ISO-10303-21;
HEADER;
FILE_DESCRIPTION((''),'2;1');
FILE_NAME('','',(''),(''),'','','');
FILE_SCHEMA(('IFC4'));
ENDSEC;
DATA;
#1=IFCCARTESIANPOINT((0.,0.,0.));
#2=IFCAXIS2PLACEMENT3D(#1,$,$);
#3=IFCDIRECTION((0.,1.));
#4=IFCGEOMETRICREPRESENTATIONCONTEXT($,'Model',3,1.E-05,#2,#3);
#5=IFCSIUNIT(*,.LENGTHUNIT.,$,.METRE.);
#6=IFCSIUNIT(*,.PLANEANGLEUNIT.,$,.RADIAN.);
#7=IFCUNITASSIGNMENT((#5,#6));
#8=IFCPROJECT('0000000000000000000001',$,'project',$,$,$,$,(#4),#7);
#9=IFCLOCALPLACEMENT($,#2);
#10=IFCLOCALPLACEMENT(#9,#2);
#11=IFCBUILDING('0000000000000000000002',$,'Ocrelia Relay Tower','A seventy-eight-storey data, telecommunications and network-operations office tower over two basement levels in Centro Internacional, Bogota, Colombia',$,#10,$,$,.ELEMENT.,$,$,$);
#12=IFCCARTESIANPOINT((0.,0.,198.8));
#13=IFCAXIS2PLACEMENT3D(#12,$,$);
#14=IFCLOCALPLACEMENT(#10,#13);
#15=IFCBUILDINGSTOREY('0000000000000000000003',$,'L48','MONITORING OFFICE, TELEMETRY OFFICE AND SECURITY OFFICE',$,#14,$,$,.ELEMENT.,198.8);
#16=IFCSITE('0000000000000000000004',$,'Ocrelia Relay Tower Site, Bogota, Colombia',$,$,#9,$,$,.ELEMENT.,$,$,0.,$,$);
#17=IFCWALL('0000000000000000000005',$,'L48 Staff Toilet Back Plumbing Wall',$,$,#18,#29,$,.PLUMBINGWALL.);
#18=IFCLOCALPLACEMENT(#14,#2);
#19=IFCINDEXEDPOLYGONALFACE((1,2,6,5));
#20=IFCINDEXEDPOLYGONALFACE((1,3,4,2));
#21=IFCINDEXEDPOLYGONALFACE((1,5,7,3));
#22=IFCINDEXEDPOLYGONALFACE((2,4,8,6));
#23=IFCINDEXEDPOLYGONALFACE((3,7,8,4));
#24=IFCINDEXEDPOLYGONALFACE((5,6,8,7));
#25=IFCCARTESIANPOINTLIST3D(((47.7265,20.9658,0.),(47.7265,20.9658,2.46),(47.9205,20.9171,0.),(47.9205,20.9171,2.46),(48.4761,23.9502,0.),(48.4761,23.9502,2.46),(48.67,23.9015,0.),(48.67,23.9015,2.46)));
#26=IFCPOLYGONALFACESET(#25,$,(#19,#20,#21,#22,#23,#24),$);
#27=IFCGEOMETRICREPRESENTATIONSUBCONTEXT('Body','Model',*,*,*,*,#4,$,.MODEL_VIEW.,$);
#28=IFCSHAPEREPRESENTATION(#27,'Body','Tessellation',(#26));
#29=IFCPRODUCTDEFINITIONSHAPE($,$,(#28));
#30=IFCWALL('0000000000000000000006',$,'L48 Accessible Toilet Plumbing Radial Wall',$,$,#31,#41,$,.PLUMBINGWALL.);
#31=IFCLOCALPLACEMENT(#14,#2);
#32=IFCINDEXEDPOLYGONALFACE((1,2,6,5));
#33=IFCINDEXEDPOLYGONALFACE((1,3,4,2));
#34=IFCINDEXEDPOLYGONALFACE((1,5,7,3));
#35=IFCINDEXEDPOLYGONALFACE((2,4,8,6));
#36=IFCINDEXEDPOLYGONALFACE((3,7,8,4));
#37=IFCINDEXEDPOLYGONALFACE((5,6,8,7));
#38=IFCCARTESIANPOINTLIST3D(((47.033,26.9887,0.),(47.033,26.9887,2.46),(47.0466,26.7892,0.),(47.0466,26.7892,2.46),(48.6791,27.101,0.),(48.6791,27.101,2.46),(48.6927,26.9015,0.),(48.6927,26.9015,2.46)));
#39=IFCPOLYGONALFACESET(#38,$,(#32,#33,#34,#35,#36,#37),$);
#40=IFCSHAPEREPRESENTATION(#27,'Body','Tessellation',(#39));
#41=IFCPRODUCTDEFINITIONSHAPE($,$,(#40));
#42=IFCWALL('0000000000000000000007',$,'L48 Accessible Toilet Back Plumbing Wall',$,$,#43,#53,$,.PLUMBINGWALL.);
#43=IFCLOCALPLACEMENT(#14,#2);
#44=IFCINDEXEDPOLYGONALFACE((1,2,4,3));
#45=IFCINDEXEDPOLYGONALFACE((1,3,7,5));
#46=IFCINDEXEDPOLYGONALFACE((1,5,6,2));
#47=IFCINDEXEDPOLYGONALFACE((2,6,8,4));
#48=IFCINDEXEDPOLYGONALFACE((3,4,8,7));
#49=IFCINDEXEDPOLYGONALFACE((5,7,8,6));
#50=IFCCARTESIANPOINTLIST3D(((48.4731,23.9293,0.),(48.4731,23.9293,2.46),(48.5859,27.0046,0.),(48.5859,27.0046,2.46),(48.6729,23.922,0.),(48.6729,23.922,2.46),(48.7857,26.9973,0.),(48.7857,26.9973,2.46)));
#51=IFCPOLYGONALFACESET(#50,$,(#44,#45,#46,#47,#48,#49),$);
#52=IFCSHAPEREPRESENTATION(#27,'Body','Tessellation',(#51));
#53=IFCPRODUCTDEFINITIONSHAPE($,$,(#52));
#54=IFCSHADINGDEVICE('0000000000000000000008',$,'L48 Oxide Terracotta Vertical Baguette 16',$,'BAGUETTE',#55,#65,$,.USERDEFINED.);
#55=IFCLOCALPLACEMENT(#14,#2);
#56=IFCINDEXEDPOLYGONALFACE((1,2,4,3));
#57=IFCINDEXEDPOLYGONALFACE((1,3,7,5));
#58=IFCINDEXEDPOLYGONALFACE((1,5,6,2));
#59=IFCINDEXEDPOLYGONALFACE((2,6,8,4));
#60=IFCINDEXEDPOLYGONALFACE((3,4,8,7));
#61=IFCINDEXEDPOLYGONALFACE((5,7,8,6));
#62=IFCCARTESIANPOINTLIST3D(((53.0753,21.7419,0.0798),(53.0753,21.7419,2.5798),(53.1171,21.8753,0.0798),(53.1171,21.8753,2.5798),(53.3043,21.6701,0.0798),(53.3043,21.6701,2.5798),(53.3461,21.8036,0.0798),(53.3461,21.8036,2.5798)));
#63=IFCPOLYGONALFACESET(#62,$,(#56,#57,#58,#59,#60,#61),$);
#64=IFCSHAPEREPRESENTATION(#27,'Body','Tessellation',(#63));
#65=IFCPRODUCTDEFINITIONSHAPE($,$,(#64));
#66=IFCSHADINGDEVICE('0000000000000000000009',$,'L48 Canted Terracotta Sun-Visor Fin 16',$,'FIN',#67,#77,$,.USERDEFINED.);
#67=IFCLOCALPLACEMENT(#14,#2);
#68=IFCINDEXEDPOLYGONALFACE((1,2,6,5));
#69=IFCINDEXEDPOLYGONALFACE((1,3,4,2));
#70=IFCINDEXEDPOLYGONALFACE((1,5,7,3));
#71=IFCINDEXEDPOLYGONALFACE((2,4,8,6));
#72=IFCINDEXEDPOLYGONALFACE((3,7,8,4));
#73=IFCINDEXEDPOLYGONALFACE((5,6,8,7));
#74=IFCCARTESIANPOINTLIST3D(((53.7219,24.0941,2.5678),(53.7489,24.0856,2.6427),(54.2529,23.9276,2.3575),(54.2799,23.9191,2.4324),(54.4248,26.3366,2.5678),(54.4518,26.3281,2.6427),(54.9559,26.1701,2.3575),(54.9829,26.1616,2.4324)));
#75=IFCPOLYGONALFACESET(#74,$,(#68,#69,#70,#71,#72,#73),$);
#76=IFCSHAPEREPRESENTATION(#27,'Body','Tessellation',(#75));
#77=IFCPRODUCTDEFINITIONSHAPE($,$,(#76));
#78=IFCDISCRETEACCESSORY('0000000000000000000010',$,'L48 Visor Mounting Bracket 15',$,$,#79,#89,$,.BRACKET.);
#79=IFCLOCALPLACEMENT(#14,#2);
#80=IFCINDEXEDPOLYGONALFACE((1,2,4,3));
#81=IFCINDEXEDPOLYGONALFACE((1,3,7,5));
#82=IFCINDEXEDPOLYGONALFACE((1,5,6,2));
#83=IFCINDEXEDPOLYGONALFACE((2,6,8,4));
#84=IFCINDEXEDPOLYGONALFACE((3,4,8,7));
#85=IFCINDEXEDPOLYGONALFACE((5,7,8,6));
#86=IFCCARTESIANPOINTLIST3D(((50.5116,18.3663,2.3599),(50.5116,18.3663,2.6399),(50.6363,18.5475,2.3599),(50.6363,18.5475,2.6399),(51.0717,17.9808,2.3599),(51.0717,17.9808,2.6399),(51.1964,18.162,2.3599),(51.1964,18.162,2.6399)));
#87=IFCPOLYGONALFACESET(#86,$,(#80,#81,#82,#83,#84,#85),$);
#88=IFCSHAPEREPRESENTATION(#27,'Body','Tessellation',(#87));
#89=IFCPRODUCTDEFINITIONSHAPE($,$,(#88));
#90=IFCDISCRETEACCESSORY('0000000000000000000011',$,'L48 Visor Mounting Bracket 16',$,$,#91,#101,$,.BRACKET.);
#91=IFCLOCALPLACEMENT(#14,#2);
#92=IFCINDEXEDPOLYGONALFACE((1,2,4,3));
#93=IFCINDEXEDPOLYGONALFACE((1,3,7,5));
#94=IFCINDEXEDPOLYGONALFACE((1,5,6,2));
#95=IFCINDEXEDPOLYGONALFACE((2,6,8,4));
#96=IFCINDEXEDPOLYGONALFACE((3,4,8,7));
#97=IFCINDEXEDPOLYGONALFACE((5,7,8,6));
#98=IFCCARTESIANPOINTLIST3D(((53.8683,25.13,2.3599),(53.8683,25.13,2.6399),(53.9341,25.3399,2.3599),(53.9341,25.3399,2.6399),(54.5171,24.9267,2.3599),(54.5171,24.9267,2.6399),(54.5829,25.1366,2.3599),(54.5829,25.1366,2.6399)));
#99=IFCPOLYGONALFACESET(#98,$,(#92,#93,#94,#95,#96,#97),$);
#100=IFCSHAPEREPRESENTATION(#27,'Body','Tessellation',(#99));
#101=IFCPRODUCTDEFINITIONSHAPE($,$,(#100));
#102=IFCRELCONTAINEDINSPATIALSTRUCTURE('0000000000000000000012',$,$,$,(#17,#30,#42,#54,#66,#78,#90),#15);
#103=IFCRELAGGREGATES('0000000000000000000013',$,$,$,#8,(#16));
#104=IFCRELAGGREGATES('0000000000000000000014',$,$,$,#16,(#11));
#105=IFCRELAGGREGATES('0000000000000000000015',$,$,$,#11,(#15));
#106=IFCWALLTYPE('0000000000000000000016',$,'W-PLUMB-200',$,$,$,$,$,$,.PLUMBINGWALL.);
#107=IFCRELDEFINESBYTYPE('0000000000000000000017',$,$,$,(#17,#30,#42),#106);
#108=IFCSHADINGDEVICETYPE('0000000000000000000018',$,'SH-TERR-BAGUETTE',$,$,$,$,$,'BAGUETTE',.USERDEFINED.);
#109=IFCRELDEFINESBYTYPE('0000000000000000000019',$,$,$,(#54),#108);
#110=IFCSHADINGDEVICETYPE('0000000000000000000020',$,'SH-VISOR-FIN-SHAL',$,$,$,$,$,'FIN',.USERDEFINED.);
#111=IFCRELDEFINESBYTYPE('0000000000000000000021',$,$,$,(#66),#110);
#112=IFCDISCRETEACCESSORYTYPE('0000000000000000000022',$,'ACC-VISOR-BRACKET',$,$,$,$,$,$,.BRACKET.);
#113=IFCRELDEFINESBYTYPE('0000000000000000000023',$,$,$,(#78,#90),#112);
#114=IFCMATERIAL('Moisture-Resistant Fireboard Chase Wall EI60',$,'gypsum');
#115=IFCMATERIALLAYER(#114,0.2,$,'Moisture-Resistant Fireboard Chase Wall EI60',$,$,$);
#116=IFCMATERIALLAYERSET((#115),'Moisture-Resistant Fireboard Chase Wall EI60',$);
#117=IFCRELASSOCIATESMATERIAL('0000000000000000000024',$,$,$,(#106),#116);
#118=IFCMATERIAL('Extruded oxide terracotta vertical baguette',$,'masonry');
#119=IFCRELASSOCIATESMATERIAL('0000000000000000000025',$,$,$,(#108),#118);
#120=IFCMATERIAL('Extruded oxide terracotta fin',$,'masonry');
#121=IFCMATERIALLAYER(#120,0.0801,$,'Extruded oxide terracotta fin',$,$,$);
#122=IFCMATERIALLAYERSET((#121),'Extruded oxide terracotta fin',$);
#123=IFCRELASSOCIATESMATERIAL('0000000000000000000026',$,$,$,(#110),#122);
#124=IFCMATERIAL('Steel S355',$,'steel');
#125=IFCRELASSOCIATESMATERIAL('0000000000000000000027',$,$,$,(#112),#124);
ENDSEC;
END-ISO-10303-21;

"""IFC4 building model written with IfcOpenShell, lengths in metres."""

from ifc_helpers import new_model, si_unit, direction, frame, frame_2d, origin, origin_2d, place, context, subcontext, project, spatial, rectangle, extrude, material, layer, layer_set, type_object, element, save


model = new_model("IFC4")

# Units and contexts
model_context = context("Model", 3, precision=1e-05, world=origin(), true_north=direction((0.0, 1.0)))
body_context = subcontext(model_context, "Body", "Model", "MODEL_VIEW")
ifc_project = project(units=[si_unit("LENGTHUNIT", "METRE"), si_unit("PLANEANGLEUNIT", "RADIAN")], contexts=[model_context])

# Site, building, storey
site_placement = place(None, origin())
site = spatial("IfcSite", under=ifc_project, at=site_placement, Name="Ocrelia Relay Tower Site, Bogota, Colombia", CompositionType="ELEMENT", RefElevation=0.0)
building_placement = place(site_placement, origin())
building = spatial("IfcBuilding", under=site, at=building_placement, Name="Ocrelia Relay Tower", Description="A seventy-eight-storey data, telecommunications and network-operations office tower over two basement levels in Centro Internacional, Bogota, Colombia", CompositionType="ELEMENT")
storey_placement = place(building_placement, frame((0.0, 0.0, 198.8)))
storey = spatial("IfcBuildingStorey", under=building, at=storey_placement, Name="L48", Description="MONITORING OFFICE, TELEMETRY OFFICE AND SECURITY OFFICE", CompositionType="ELEMENT", Elevation=198.8)

# Shared definitions
ifc_material_1 = material(Name="Steel S355", Category="steel")

# Walls
ifc_material_2 = material(Name="Moisture-Resistant Fireboard Chase Wall EI60", Category="gypsum")
ifc_layer_1 = layer(ifc_material_2, 0.2, Name="Moisture-Resistant Fireboard Chase Wall EI60")
ifc_layer_set_1 = layer_set([ifc_layer_1], Name="Moisture-Resistant Fireboard Chase Wall EI60")
wall_type_1 = type_object("IfcWallType", Name="W-PLUMB-200", PredefinedType="PLUMBINGWALL", material=ifc_layer_set_1)
wall_1_placement = place(storey_placement, frame((47.8235, 20.9414, 0.0), z_axis=(0.0, 0.0, 1.0), x_axis=(0.243581, 0.969881, 0.0)))
element("IfcWall", 1, at=wall_1_placement, inside=storey, type_object=wall_type_1, Name="L48 Staff Toilet Back Plumbing Wall", PredefinedType="PLUMBINGWALL", context=body_context, shape_type="SweptSolid", body=[
    extrude(rectangle(XDim=3.0771, YDim=0.2, at=frame_2d((1.5386, 0.0))), origin(), (0.0, 0.0, 1.0), 2.46),
])
wall_2_placement = place(storey_placement, frame((47.0398, 26.8889, 0.0), z_axis=(0.0, 0.0, 1.0), x_axis=(0.99768, 0.068071, 0.0)))
element("IfcWall", 2, at=wall_2_placement, inside=storey, type_object=wall_type_1, Name="L48 Accessible Toilet Plumbing Radial Wall", PredefinedType="PLUMBINGWALL", context=body_context, shape_type="SweptSolid", body=[
    extrude(rectangle(XDim=1.6499, YDim=0.2, at=frame_2d((0.825, 0.0))), origin(), (0.0, 0.0, 1.0), 2.46),
])
wall_3_placement = place(storey_placement, frame((48.573, 23.9258, 0.0), z_axis=(0.0, 0.0, 1.0), x_axis=(0.036651, 0.999328, 0.0)))
element("IfcWall", 3, at=wall_3_placement, inside=storey, type_object=wall_type_1, Name="L48 Accessible Toilet Back Plumbing Wall", PredefinedType="PLUMBINGWALL", context=body_context, shape_type="SweptSolid", body=[
    extrude(rectangle(XDim=3.0774, YDim=0.2, at=frame_2d((1.5386, 0.0))), origin(), (0.0, 0.0, 1.0), 2.46),
])

# Shading devices
ifc_material_3 = material(Name="Extruded oxide terracotta vertical baguette", Category="masonry")
shading_device_type_1 = type_object("IfcShadingDeviceType", Name="SH-TERR-BAGUETTE", ElementType="BAGUETTE", PredefinedType="USERDEFINED", material=ifc_material_3)
shading_device_1_placement = place(storey_placement, frame((53.2107, 21.7727, 0.0798), z_axis=(0.0, 0.0, 1.0), x_axis=(0.299115, 0.954217, 0.0)))
element("IfcShadingDevice", 4, at=shading_device_1_placement, inside=storey, type_object=shading_device_type_1, Name="L48 Oxide Terracotta Vertical Baguette 16", ObjectType="BAGUETTE", PredefinedType="USERDEFINED", context=body_context, shape_type="SweptSolid", body=[
    extrude(rectangle(XDim=0.1399, YDim=0.24, at=origin_2d()), origin(), (0.0, 0.0, 1.0), 2.5),
])
ifc_material_4 = material(Name="Extruded oxide terracotta fin", Category="masonry")
ifc_layer_2 = layer(ifc_material_4, 0.0801, Name="Extruded oxide terracotta fin")
ifc_layer_set_2 = layer_set([ifc_layer_2], Name="Extruded oxide terracotta fin")
shading_device_type_2 = type_object("IfcShadingDeviceType", Name="SH-VISOR-FIN-SHAL", ElementType="FIN", PredefinedType="USERDEFINED", material=ifc_layer_set_2)
shading_device_2_placement = place(storey_placement, frame((54.3389, 25.1321, 2.4626), z_axis=(0.337292, -0.10573, 0.935444), x_axis=(0.299115, 0.954217, 0.0)))
element("IfcShadingDevice", 5, at=shading_device_2_placement, inside=storey, type_object=shading_device_type_2, Name="L48 Canted Terracotta Sun-Visor Fin 16", ObjectType="FIN", PredefinedType="USERDEFINED", context=body_context, shape_type="SweptSolid", body=[
    extrude(rectangle(XDim=2.3501, YDim=0.595, at=origin_2d()), origin(), (0.0, 0.0, 1.0), 0.0801),
])

# Discrete accessories
discrete_accessory_type = type_object("IfcDiscreteAccessoryType", Name="ACC-VISOR-BRACKET", PredefinedType="BRACKET", material=ifc_material_1)
for number, where, z_axis, x_axis, name in (
    (6, (50.854, 18.2642, 2.3599), (0.0, 0.0, 1.0), (0.567003, 0.823716, 0.0), "L48 Visor Mounting Bracket 15"),
    (7, (54.2256, 25.1333, 2.3599), (0.0, 0.0, 1.0), (0.299115, 0.954217, 0.0), "L48 Visor Mounting Bracket 16"),
):
    element("IfcDiscreteAccessory", number, at=place(storey_placement, frame(where, z_axis=z_axis, x_axis=x_axis)), inside=storey, type_object=discrete_accessory_type, Name=name, PredefinedType="BRACKET", context=body_context, shape_type="SweptSolid", body=[
        extrude(rectangle(XDim=0.22, YDim=0.6799, at=origin_2d()), origin(), (0.0, 0.0, 1.0), 0.28),
    ])

save(model, "model.ifc")
